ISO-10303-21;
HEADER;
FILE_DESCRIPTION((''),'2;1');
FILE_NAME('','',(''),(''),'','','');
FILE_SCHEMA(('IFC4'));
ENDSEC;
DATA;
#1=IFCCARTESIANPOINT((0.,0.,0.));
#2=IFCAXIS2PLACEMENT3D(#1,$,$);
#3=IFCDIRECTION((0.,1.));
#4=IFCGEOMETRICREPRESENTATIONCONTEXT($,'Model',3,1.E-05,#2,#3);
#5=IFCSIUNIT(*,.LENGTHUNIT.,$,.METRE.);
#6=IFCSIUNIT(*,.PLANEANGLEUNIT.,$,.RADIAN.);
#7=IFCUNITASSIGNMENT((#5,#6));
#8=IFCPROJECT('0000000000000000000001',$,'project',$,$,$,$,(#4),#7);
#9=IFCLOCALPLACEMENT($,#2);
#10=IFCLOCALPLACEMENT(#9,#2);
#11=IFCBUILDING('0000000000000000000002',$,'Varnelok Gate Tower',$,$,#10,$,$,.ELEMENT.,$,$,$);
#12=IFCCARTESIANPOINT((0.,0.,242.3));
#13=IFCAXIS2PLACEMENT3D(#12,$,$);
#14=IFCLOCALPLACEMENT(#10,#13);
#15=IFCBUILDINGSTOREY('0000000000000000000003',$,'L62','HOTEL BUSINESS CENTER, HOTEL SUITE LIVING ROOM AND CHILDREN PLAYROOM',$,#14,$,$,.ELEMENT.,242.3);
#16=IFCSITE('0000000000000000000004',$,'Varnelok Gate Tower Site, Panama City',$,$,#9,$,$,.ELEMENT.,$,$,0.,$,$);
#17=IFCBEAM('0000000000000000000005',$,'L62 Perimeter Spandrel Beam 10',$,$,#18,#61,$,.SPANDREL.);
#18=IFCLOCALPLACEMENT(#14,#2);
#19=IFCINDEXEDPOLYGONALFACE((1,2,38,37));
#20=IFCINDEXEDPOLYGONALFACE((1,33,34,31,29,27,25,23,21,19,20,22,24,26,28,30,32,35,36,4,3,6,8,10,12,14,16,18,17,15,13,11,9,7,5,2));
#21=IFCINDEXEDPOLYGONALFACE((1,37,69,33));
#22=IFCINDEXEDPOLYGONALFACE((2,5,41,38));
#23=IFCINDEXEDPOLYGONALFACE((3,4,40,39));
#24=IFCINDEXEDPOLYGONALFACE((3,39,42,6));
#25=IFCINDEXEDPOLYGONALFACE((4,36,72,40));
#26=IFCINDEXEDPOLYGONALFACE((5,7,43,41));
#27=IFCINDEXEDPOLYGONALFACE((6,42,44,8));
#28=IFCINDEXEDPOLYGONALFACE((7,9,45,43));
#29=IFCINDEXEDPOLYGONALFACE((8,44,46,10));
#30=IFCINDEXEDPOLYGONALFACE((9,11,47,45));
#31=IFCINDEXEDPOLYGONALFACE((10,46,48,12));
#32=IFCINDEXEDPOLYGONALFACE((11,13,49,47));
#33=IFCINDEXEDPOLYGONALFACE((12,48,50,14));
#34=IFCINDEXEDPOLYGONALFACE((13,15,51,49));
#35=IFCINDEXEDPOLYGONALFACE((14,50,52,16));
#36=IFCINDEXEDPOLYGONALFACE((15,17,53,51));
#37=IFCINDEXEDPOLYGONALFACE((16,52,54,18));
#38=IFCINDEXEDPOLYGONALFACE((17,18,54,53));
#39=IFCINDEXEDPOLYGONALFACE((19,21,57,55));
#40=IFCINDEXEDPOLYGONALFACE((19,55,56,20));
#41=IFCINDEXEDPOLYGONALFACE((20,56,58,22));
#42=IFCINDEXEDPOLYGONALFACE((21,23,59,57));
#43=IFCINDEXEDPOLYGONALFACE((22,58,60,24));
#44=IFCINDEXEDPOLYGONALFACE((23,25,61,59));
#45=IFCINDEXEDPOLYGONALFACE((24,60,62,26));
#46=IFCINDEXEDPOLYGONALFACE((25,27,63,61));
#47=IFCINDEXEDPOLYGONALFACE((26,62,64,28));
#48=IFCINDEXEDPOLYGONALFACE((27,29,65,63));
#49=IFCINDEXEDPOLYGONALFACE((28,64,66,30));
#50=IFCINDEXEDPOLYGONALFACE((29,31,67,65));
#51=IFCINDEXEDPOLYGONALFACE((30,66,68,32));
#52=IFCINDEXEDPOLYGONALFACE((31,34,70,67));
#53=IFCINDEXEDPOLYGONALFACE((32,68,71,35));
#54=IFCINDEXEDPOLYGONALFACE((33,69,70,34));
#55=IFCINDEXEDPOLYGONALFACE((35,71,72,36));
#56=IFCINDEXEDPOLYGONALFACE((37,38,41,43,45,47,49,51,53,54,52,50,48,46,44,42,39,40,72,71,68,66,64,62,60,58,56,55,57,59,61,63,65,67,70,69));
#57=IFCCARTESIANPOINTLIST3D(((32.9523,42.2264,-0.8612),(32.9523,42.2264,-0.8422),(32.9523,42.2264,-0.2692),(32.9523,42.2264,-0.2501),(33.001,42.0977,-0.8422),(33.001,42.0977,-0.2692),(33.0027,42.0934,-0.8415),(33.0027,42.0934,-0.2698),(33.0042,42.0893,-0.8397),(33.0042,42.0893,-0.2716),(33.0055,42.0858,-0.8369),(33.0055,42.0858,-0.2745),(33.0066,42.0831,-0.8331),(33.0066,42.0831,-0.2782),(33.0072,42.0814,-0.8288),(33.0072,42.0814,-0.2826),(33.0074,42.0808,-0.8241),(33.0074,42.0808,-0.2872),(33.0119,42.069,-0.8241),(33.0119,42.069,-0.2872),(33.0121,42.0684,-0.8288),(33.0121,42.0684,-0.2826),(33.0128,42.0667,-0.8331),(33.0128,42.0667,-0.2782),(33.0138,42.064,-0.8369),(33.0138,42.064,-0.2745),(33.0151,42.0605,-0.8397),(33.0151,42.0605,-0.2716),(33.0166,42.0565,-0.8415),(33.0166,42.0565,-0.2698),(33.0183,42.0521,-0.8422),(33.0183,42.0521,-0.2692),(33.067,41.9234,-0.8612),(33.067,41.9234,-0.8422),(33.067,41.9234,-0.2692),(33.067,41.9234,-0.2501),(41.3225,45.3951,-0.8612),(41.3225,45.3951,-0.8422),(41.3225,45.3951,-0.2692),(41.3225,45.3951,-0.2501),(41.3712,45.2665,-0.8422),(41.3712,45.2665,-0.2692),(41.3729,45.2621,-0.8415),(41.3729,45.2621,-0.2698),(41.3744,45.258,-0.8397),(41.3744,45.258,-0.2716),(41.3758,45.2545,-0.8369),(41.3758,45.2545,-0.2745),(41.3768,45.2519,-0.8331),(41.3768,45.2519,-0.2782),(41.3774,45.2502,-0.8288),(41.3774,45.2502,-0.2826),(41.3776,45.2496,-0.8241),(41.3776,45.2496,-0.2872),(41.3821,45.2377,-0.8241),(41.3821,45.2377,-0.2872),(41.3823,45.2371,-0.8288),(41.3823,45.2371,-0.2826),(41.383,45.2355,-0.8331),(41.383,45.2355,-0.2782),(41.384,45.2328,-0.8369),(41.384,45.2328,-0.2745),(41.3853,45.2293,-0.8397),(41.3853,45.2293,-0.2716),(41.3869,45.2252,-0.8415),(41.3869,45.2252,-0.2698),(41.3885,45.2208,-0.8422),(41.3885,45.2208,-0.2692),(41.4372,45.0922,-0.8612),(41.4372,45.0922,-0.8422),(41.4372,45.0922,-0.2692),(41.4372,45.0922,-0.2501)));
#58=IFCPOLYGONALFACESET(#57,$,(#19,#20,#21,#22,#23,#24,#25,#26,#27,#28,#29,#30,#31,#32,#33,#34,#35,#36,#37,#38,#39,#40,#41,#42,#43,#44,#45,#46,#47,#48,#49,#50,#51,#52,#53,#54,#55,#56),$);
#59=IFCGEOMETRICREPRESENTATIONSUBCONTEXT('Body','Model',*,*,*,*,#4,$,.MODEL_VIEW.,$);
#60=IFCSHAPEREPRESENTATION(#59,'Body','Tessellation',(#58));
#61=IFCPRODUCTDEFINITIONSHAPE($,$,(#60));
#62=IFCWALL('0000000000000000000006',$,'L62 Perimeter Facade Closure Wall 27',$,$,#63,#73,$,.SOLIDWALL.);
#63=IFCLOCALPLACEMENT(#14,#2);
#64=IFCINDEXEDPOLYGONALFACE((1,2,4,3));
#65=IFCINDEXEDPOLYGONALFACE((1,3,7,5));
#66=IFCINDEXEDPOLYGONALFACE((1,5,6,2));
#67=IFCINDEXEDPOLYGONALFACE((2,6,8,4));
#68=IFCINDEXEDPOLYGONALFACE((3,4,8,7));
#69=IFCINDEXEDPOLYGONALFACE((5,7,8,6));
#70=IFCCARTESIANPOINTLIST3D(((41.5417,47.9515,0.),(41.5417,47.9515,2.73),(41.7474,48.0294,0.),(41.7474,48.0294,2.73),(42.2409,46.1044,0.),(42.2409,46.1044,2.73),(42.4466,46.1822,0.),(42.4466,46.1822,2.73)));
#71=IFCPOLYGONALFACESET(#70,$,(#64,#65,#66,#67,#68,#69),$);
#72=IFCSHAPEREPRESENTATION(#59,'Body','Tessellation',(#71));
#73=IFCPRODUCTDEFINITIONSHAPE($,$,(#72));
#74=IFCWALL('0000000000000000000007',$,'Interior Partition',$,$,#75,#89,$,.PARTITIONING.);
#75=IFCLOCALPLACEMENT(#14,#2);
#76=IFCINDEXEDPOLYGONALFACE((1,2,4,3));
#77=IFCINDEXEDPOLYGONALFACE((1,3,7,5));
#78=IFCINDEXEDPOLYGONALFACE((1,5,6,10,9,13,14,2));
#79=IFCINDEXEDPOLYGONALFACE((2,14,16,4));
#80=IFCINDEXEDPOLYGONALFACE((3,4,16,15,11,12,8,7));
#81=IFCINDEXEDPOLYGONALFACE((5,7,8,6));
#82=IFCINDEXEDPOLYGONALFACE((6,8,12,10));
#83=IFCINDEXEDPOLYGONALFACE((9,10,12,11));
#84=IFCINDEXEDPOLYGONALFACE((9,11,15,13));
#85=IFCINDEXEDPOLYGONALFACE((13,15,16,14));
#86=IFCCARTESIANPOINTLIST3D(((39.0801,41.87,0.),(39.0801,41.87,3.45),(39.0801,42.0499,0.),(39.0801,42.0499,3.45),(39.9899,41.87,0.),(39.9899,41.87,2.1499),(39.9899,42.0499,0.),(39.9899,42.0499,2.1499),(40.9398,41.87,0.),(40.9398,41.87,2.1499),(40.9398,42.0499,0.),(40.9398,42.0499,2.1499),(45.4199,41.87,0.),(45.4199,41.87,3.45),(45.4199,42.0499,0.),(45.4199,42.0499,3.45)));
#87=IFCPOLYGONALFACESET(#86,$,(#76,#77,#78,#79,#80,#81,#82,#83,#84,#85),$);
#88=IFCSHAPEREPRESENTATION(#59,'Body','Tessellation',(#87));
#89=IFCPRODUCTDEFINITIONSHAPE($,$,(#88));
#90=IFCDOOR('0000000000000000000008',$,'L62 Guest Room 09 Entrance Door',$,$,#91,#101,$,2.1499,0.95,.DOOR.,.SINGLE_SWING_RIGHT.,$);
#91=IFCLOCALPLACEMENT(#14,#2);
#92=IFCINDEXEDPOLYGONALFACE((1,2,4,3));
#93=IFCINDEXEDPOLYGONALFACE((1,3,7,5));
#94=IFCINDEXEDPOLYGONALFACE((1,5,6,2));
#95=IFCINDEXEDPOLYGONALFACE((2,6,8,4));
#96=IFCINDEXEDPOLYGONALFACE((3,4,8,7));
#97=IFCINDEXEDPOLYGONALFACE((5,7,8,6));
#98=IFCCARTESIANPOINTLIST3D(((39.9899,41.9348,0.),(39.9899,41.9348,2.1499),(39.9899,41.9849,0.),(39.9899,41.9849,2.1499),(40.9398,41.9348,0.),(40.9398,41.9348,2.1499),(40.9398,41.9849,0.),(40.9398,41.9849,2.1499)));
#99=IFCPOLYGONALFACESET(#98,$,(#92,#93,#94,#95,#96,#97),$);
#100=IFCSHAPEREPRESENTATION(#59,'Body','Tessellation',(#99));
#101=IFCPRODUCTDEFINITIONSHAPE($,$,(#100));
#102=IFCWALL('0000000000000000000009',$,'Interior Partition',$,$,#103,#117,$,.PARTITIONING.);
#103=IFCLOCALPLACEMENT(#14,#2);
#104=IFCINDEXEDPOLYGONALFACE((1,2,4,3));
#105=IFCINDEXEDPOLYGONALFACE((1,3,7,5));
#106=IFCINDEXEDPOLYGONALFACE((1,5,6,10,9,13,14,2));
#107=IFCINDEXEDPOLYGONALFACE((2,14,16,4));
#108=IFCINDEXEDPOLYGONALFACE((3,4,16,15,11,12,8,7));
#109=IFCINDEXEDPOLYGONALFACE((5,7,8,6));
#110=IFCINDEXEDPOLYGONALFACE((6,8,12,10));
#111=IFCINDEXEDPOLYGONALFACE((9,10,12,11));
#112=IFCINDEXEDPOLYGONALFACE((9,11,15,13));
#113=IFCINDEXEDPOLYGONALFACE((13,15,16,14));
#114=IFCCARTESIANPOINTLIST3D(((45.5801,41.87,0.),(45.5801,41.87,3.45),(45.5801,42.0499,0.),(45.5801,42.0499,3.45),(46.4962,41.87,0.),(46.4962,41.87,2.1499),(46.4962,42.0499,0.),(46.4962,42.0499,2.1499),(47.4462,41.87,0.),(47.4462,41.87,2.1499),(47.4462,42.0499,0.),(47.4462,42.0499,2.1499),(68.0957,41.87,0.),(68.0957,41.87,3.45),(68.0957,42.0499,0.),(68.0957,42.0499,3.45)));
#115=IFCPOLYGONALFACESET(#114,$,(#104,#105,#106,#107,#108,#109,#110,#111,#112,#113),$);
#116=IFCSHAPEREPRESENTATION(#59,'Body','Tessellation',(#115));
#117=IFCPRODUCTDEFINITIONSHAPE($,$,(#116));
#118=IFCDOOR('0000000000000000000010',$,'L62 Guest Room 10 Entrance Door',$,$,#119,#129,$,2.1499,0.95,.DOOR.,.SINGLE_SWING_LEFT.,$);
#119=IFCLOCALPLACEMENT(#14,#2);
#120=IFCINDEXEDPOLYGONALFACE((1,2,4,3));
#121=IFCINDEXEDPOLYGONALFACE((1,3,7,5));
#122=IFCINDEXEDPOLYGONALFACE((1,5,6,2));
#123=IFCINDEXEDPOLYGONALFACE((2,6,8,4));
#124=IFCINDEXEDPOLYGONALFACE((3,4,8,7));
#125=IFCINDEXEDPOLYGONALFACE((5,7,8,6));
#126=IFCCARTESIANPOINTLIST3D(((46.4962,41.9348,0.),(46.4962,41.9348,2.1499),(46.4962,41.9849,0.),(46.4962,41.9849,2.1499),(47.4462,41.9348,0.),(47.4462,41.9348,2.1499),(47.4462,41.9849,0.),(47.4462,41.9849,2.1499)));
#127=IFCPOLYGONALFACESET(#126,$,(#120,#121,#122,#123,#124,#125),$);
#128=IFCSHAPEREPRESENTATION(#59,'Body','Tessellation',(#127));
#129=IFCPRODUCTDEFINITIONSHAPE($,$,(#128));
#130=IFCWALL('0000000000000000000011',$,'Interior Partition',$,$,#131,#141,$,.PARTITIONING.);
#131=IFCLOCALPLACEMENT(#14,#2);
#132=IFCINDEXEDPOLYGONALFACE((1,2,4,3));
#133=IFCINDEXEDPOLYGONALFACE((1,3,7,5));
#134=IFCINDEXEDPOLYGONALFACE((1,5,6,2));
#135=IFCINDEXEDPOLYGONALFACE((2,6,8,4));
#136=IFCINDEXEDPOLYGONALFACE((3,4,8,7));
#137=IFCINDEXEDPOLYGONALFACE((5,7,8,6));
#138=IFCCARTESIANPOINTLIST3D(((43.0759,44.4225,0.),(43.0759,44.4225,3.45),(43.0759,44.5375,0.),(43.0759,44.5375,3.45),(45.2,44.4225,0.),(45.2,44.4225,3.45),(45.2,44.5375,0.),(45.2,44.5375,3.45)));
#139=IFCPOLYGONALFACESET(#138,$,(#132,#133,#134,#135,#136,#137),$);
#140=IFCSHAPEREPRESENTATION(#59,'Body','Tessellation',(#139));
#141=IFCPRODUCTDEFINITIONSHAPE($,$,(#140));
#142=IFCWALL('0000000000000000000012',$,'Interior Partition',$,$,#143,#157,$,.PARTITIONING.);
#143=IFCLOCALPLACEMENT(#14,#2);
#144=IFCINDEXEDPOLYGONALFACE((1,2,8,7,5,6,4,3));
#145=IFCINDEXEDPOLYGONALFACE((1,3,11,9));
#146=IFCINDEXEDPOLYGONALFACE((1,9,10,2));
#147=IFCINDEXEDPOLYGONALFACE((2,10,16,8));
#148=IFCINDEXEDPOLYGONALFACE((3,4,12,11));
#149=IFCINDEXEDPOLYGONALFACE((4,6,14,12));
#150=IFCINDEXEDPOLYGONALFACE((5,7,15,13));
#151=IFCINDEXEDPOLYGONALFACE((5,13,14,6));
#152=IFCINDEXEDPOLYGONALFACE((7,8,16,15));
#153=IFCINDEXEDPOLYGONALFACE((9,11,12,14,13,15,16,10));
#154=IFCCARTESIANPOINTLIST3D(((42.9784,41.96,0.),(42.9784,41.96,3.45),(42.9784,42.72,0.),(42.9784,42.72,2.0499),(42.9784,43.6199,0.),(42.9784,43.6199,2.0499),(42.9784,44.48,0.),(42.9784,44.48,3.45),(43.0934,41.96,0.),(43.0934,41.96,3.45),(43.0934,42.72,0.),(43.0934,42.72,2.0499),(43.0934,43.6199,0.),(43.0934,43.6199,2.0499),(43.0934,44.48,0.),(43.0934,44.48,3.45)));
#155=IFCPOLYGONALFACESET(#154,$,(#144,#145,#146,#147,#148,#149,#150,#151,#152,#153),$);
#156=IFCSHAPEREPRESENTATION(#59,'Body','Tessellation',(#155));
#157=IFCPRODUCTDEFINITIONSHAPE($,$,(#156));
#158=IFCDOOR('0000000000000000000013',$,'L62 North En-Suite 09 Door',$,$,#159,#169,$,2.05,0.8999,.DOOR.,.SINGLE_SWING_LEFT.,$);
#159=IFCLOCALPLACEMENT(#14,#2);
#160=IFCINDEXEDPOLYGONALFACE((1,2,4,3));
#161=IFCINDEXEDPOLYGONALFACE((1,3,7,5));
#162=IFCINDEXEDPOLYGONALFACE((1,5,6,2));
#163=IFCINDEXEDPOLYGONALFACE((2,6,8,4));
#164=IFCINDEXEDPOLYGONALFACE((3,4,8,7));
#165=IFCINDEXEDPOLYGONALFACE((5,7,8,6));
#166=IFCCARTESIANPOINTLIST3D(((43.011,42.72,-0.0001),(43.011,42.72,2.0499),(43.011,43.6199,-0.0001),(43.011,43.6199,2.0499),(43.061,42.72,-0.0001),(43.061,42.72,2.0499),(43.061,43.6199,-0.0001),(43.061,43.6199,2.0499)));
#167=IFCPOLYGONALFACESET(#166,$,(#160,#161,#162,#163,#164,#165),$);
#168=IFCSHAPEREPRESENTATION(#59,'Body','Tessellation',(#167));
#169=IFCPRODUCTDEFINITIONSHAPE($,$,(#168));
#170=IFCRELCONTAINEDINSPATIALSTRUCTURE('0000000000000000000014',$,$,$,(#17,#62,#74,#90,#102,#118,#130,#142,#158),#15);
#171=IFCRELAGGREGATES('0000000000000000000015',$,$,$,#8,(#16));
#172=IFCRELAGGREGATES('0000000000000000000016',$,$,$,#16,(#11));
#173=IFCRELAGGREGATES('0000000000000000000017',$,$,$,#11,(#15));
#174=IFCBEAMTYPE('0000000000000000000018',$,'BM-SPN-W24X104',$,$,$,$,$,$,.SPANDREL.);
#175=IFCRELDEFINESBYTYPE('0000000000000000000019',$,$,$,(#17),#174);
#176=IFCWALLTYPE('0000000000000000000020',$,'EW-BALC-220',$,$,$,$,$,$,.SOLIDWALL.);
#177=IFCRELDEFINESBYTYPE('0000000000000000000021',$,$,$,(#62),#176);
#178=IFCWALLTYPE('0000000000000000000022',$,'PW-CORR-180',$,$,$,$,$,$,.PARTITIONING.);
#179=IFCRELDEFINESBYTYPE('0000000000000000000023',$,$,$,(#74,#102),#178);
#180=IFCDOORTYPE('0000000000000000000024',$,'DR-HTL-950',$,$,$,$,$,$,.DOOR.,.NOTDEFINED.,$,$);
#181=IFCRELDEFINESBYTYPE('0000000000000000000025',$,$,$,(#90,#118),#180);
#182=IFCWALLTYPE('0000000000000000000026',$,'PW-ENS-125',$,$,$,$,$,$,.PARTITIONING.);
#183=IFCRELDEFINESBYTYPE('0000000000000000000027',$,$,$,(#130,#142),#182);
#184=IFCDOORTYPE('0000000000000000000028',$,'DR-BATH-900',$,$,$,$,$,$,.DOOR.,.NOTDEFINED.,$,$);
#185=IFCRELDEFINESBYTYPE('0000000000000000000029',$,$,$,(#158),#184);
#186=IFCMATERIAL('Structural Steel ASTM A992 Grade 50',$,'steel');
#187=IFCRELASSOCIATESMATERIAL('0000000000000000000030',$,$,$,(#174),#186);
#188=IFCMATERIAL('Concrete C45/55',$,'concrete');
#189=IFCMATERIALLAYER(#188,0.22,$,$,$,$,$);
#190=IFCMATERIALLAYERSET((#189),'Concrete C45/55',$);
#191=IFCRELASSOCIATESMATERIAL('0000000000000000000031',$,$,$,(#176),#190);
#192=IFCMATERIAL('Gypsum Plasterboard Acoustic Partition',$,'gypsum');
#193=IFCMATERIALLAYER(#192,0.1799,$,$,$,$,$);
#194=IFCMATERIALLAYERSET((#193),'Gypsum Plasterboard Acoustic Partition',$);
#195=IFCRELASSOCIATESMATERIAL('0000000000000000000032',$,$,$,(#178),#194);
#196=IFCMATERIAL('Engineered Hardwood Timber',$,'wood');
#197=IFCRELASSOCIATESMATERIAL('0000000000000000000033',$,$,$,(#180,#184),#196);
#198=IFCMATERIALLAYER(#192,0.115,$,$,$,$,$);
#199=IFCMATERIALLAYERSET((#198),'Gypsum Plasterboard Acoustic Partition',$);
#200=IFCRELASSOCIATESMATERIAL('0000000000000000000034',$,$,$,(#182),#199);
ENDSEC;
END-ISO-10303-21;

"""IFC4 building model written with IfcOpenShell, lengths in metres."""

from ifc_helpers import new_model, si_unit, direction, frame, frame_2d, origin, origin_2d, place, context, subcontext, project, spatial, rectangle, i_section, extrude, material, layer, layer_set, material_profile, profile_set, type_object, element, fill, save


model = new_model("IFC4")

# Units and contexts
model_context = context("Model", 3, precision=1e-05, world=origin(), true_north=direction((0.0, 1.0)))
body_context = subcontext(model_context, "Body", "Model", "MODEL_VIEW")
ifc_project = project(units=[si_unit("LENGTHUNIT", "METRE"), si_unit("PLANEANGLEUNIT", "RADIAN")], contexts=[model_context])

# Site, building, storey
site_placement = place(None, origin())
site = spatial("IfcSite", under=ifc_project, at=site_placement, Name="Varnelok Gate Tower Site, Panama City", CompositionType="ELEMENT", RefElevation=0.0)
building_placement = place(site_placement, origin())
building = spatial("IfcBuilding", under=site, at=building_placement, Name="Varnelok Gate Tower", CompositionType="ELEMENT")
storey_placement = place(building_placement, frame((0.0, 0.0, 242.3)))
storey = spatial("IfcBuildingStorey", under=building, at=storey_placement, Name="L62", Description="HOTEL BUSINESS CENTER, HOTEL SUITE LIVING ROOM AND CHILDREN PLAYROOM", CompositionType="ELEMENT", Elevation=242.3)

# Shared definitions
ifc_material_1 = material(Name="Structural Steel ASTM A992 Grade 50", Category="steel")

# Beam
ifc_material_profile_1 = material_profile(ifc_material_1, i_section(OverallWidth=0.324, OverallDepth=0.6111, WebThickness=0.0127, FlangeThickness=0.019, FilletRadius=0.0181, at=origin_2d()), Name="W24X104")
ifc_profile_set_1 = profile_set([ifc_material_profile_1], Name="Structural Steel ASTM A992 Grade 50")
beam_type_1 = type_object("IfcBeamType", Name="BM-SPN-W24X104", PredefinedType="SPANDREL", material=ifc_profile_set_1)
beam_1_placement = place(storey_placement, frame((41.3799, 45.2437, -0.5557), z_axis=(-0.935226, -0.354051, 0.0), x_axis=(0.354051, -0.935226, 0.0)))
element("IfcBeam", 1, at=beam_1_placement, inside=storey, type_object=beam_type_1, Name="L62 Perimeter Spandrel Beam 10", PredefinedType="SPANDREL", context=body_context, shape_type="SweptSolid", body=[
    extrude(i_section(OverallWidth=0.324, OverallDepth=0.6111, WebThickness=0.0127, FlangeThickness=0.019, FilletRadius=0.0181, at=origin_2d()), origin(), (0.0, 0.0, 1.0), 8.95),
])

# Wall
ifc_material_2 = material(Name="Concrete C45/55", Category="concrete")
ifc_layer_1 = layer(ifc_material_2, 0.22)
ifc_layer_set_1 = layer_set([ifc_layer_1], Name="Concrete C45/55")
wall_type_1 = type_object("IfcWallType", Name="EW-BALC-220", PredefinedType="SOLIDWALL", material=ifc_layer_set_1)
wall_1_placement = place(storey_placement, frame((41.6445, 47.9905, 0.0), z_axis=(0.0, 0.0, 1.0), x_axis=(0.354021, -0.935238, 0.0)))
element("IfcWall", 2, at=wall_1_placement, inside=storey, type_object=wall_type_1, Name="L62 Perimeter Facade Closure Wall 27", PredefinedType="SOLIDWALL", context=body_context, shape_type="SweptSolid", body=[
    extrude(rectangle(XDim=1.9751, YDim=0.22, at=frame_2d((0.9875, 0.0))), origin(), (0.0, 0.0, 1.0), 2.73),
])

# Walls, openings, doors
ifc_material_3 = material(Name="Gypsum Plasterboard Acoustic Partition", Category="gypsum")
ifc_layer_2 = layer(ifc_material_3, 0.1799)
ifc_layer_set_2 = layer_set([ifc_layer_2], Name="Gypsum Plasterboard Acoustic Partition")
wall_type_2 = type_object("IfcWallType", Name="PW-CORR-180", PredefinedType="PARTITIONING", material=ifc_layer_set_2)
wall_2_placement = place(storey_placement, frame((39.0801, 41.96, 0.0), z_axis=(0.0, 0.0, 1.0), x_axis=(1.0, 0.0, 0.0)))
wall_2 = element("IfcWall", 3, at=wall_2_placement, inside=storey, type_object=wall_type_2, Name="Interior Partition", PredefinedType="PARTITIONING", context=body_context, shape_type="SweptSolid", body=[
    extrude(rectangle(XDim=6.3398, YDim=0.1799, at=frame_2d((3.1699, 0.0))), origin(), (0.0, 0.0, 1.0), 3.45),
])
opening_1_placement = place(wall_2_placement, frame((0.9097, 0.0, 0.0)))
opening_1 = element("IfcOpeningElement", 4, at=opening_1_placement, cuts=wall_2, PredefinedType="OPENING", context=body_context, shape_type="SweptSolid", body=[
    extrude(rectangle(XDim=0.95, YDim=2.1499, at=frame_2d((0.4751, 1.075))), frame((0.0, 0.0999, 0.0), z_axis=(0.0, -1.0, 0.0), x_axis=(1.0, 0.0, 0.0)), (0.0, 0.0, 1.0), 0.2),
])
ifc_material_4 = material(Name="Engineered Hardwood Timber", Category="wood")
door_type_1 = type_object("IfcDoorType", Name="DR-HTL-950", OperationType="NOTDEFINED", PredefinedType="DOOR", material=ifc_material_4)
door_1_placement = place(opening_1_placement, origin())
door_1 = element("IfcDoor", 5, at=door_1_placement, inside=storey, type_object=door_type_1, Name="L62 Guest Room 09 Entrance Door", OperationType="SINGLE_SWING_RIGHT", OverallHeight=2.1499, OverallWidth=0.95, PredefinedType="DOOR", context=body_context, shape_type="SweptSolid", body=[
    extrude(rectangle(XDim=0.95, YDim=2.1499, at=frame_2d((0.4751, 1.075))), frame((0.0, 0.0249, 0.0), z_axis=(0.0, -1.0, 0.0), x_axis=(1.0, 0.0, 0.0)), (0.0, 0.0, 1.0), 0.05),
])
fill(opening_1, door_1)
wall_3_placement = place(storey_placement, frame((45.5801, 41.96, 0.0), z_axis=(0.0, 0.0, 1.0), x_axis=(1.0, 0.0, 0.0)))
wall_3 = element("IfcWall", 6, at=wall_3_placement, inside=storey, type_object=wall_type_2, Name="Interior Partition", PredefinedType="PARTITIONING", context=body_context, shape_type="SweptSolid", body=[
    extrude(rectangle(XDim=22.5156, YDim=0.1799, at=frame_2d((11.2578, 0.0))), origin(), (0.0, 0.0, 1.0), 3.45),
])
opening_2_placement = place(wall_3_placement, frame((0.916, 0.0, 0.0)))
opening_2 = element("IfcOpeningElement", 7, at=opening_2_placement, cuts=wall_3, PredefinedType="OPENING", context=body_context, shape_type="SweptSolid", body=[
    extrude(rectangle(XDim=0.95, YDim=2.1499, at=frame_2d((0.4751, 1.075))), frame((0.0, 0.0999, 0.0), z_axis=(0.0, -1.0, 0.0), x_axis=(1.0, 0.0, 0.0)), (0.0, 0.0, 1.0), 0.2),
])
door_2_placement = place(opening_2_placement, origin())
door_2 = element("IfcDoor", 8, at=door_2_placement, inside=storey, type_object=door_type_1, Name="L62 Guest Room 10 Entrance Door", OperationType="SINGLE_SWING_LEFT", OverallHeight=2.1499, OverallWidth=0.95, PredefinedType="DOOR", context=body_context, shape_type="SweptSolid", body=[
    extrude(rectangle(XDim=0.95, YDim=2.1499, at=frame_2d((0.4751, 1.075))), frame((0.0, 0.0249, 0.0), z_axis=(0.0, -1.0, 0.0), x_axis=(1.0, 0.0, 0.0)), (0.0, 0.0, 1.0), 0.05),
])
fill(opening_2, door_2)

# Wall
ifc_layer_3 = layer(ifc_material_3, 0.115)
ifc_layer_set_3 = layer_set([ifc_layer_3], Name="Gypsum Plasterboard Acoustic Partition")
wall_type_3 = type_object("IfcWallType", Name="PW-ENS-125", PredefinedType="PARTITIONING", material=ifc_layer_set_3)
wall_4_placement = place(storey_placement, frame((43.0759, 44.48, 0.0), z_axis=(0.0, 0.0, 1.0), x_axis=(1.0, 0.0, 0.0)))
element("IfcWall", 9, at=wall_4_placement, inside=storey, type_object=wall_type_3, Name="Interior Partition", PredefinedType="PARTITIONING", context=body_context, shape_type="SweptSolid", body=[
    extrude(rectangle(XDim=2.124, YDim=0.115, at=frame_2d((1.062, 0.0))), origin(), (0.0, 0.0, 1.0), 3.45),
])

# Wall, opening, door
wall_5_placement = place(storey_placement, frame((43.0359, 41.96, 0.0), z_axis=(0.0, 0.0, 1.0), x_axis=(0.0, 1.0, 0.0)))
wall_5 = element("IfcWall", 10, at=wall_5_placement, inside=storey, type_object=wall_type_3, Name="Interior Partition", PredefinedType="PARTITIONING", context=body_context, shape_type="SweptSolid", body=[
    extrude(rectangle(XDim=2.52, YDim=0.115, at=frame_2d((1.26, 0.0))), origin(), (0.0, 0.0, 1.0), 3.45),
])
opening_3_placement = place(wall_5_placement, frame((0.76, 0.0, 0.0)))
opening_3 = element("IfcOpeningElement", 11, at=opening_3_placement, cuts=wall_5, PredefinedType="OPENING", context=body_context, shape_type="SweptSolid", body=[
    extrude(rectangle(XDim=0.8999, YDim=2.05, at=frame_2d((0.45, 1.0249))), frame((0.0, 0.0674, 0.0), z_axis=(0.0, -1.0, 0.0), x_axis=(1.0, 0.0, 0.0)), (0.0, 0.0, 1.0), 0.135),
])
door_type_2 = type_object("IfcDoorType", Name="DR-BATH-900", OperationType="NOTDEFINED", PredefinedType="DOOR", material=ifc_material_4)
door_3_placement = place(opening_3_placement, origin())
door_3 = element("IfcDoor", 12, at=door_3_placement, inside=storey, type_object=door_type_2, Name="L62 North En-Suite 09 Door", OperationType="SINGLE_SWING_LEFT", OverallHeight=2.05, OverallWidth=0.8999, PredefinedType="DOOR", context=body_context, shape_type="SweptSolid", body=[
    extrude(rectangle(XDim=0.8999, YDim=2.05, at=frame_2d((0.45, 1.0249))), frame((0.0, 0.0249, 0.0), z_axis=(0.0, -1.0, 0.0), x_axis=(1.0, 0.0, 0.0)), (0.0, 0.0, 1.0), 0.05),
])
fill(opening_3, door_3)

save(model, "model.ifc")
